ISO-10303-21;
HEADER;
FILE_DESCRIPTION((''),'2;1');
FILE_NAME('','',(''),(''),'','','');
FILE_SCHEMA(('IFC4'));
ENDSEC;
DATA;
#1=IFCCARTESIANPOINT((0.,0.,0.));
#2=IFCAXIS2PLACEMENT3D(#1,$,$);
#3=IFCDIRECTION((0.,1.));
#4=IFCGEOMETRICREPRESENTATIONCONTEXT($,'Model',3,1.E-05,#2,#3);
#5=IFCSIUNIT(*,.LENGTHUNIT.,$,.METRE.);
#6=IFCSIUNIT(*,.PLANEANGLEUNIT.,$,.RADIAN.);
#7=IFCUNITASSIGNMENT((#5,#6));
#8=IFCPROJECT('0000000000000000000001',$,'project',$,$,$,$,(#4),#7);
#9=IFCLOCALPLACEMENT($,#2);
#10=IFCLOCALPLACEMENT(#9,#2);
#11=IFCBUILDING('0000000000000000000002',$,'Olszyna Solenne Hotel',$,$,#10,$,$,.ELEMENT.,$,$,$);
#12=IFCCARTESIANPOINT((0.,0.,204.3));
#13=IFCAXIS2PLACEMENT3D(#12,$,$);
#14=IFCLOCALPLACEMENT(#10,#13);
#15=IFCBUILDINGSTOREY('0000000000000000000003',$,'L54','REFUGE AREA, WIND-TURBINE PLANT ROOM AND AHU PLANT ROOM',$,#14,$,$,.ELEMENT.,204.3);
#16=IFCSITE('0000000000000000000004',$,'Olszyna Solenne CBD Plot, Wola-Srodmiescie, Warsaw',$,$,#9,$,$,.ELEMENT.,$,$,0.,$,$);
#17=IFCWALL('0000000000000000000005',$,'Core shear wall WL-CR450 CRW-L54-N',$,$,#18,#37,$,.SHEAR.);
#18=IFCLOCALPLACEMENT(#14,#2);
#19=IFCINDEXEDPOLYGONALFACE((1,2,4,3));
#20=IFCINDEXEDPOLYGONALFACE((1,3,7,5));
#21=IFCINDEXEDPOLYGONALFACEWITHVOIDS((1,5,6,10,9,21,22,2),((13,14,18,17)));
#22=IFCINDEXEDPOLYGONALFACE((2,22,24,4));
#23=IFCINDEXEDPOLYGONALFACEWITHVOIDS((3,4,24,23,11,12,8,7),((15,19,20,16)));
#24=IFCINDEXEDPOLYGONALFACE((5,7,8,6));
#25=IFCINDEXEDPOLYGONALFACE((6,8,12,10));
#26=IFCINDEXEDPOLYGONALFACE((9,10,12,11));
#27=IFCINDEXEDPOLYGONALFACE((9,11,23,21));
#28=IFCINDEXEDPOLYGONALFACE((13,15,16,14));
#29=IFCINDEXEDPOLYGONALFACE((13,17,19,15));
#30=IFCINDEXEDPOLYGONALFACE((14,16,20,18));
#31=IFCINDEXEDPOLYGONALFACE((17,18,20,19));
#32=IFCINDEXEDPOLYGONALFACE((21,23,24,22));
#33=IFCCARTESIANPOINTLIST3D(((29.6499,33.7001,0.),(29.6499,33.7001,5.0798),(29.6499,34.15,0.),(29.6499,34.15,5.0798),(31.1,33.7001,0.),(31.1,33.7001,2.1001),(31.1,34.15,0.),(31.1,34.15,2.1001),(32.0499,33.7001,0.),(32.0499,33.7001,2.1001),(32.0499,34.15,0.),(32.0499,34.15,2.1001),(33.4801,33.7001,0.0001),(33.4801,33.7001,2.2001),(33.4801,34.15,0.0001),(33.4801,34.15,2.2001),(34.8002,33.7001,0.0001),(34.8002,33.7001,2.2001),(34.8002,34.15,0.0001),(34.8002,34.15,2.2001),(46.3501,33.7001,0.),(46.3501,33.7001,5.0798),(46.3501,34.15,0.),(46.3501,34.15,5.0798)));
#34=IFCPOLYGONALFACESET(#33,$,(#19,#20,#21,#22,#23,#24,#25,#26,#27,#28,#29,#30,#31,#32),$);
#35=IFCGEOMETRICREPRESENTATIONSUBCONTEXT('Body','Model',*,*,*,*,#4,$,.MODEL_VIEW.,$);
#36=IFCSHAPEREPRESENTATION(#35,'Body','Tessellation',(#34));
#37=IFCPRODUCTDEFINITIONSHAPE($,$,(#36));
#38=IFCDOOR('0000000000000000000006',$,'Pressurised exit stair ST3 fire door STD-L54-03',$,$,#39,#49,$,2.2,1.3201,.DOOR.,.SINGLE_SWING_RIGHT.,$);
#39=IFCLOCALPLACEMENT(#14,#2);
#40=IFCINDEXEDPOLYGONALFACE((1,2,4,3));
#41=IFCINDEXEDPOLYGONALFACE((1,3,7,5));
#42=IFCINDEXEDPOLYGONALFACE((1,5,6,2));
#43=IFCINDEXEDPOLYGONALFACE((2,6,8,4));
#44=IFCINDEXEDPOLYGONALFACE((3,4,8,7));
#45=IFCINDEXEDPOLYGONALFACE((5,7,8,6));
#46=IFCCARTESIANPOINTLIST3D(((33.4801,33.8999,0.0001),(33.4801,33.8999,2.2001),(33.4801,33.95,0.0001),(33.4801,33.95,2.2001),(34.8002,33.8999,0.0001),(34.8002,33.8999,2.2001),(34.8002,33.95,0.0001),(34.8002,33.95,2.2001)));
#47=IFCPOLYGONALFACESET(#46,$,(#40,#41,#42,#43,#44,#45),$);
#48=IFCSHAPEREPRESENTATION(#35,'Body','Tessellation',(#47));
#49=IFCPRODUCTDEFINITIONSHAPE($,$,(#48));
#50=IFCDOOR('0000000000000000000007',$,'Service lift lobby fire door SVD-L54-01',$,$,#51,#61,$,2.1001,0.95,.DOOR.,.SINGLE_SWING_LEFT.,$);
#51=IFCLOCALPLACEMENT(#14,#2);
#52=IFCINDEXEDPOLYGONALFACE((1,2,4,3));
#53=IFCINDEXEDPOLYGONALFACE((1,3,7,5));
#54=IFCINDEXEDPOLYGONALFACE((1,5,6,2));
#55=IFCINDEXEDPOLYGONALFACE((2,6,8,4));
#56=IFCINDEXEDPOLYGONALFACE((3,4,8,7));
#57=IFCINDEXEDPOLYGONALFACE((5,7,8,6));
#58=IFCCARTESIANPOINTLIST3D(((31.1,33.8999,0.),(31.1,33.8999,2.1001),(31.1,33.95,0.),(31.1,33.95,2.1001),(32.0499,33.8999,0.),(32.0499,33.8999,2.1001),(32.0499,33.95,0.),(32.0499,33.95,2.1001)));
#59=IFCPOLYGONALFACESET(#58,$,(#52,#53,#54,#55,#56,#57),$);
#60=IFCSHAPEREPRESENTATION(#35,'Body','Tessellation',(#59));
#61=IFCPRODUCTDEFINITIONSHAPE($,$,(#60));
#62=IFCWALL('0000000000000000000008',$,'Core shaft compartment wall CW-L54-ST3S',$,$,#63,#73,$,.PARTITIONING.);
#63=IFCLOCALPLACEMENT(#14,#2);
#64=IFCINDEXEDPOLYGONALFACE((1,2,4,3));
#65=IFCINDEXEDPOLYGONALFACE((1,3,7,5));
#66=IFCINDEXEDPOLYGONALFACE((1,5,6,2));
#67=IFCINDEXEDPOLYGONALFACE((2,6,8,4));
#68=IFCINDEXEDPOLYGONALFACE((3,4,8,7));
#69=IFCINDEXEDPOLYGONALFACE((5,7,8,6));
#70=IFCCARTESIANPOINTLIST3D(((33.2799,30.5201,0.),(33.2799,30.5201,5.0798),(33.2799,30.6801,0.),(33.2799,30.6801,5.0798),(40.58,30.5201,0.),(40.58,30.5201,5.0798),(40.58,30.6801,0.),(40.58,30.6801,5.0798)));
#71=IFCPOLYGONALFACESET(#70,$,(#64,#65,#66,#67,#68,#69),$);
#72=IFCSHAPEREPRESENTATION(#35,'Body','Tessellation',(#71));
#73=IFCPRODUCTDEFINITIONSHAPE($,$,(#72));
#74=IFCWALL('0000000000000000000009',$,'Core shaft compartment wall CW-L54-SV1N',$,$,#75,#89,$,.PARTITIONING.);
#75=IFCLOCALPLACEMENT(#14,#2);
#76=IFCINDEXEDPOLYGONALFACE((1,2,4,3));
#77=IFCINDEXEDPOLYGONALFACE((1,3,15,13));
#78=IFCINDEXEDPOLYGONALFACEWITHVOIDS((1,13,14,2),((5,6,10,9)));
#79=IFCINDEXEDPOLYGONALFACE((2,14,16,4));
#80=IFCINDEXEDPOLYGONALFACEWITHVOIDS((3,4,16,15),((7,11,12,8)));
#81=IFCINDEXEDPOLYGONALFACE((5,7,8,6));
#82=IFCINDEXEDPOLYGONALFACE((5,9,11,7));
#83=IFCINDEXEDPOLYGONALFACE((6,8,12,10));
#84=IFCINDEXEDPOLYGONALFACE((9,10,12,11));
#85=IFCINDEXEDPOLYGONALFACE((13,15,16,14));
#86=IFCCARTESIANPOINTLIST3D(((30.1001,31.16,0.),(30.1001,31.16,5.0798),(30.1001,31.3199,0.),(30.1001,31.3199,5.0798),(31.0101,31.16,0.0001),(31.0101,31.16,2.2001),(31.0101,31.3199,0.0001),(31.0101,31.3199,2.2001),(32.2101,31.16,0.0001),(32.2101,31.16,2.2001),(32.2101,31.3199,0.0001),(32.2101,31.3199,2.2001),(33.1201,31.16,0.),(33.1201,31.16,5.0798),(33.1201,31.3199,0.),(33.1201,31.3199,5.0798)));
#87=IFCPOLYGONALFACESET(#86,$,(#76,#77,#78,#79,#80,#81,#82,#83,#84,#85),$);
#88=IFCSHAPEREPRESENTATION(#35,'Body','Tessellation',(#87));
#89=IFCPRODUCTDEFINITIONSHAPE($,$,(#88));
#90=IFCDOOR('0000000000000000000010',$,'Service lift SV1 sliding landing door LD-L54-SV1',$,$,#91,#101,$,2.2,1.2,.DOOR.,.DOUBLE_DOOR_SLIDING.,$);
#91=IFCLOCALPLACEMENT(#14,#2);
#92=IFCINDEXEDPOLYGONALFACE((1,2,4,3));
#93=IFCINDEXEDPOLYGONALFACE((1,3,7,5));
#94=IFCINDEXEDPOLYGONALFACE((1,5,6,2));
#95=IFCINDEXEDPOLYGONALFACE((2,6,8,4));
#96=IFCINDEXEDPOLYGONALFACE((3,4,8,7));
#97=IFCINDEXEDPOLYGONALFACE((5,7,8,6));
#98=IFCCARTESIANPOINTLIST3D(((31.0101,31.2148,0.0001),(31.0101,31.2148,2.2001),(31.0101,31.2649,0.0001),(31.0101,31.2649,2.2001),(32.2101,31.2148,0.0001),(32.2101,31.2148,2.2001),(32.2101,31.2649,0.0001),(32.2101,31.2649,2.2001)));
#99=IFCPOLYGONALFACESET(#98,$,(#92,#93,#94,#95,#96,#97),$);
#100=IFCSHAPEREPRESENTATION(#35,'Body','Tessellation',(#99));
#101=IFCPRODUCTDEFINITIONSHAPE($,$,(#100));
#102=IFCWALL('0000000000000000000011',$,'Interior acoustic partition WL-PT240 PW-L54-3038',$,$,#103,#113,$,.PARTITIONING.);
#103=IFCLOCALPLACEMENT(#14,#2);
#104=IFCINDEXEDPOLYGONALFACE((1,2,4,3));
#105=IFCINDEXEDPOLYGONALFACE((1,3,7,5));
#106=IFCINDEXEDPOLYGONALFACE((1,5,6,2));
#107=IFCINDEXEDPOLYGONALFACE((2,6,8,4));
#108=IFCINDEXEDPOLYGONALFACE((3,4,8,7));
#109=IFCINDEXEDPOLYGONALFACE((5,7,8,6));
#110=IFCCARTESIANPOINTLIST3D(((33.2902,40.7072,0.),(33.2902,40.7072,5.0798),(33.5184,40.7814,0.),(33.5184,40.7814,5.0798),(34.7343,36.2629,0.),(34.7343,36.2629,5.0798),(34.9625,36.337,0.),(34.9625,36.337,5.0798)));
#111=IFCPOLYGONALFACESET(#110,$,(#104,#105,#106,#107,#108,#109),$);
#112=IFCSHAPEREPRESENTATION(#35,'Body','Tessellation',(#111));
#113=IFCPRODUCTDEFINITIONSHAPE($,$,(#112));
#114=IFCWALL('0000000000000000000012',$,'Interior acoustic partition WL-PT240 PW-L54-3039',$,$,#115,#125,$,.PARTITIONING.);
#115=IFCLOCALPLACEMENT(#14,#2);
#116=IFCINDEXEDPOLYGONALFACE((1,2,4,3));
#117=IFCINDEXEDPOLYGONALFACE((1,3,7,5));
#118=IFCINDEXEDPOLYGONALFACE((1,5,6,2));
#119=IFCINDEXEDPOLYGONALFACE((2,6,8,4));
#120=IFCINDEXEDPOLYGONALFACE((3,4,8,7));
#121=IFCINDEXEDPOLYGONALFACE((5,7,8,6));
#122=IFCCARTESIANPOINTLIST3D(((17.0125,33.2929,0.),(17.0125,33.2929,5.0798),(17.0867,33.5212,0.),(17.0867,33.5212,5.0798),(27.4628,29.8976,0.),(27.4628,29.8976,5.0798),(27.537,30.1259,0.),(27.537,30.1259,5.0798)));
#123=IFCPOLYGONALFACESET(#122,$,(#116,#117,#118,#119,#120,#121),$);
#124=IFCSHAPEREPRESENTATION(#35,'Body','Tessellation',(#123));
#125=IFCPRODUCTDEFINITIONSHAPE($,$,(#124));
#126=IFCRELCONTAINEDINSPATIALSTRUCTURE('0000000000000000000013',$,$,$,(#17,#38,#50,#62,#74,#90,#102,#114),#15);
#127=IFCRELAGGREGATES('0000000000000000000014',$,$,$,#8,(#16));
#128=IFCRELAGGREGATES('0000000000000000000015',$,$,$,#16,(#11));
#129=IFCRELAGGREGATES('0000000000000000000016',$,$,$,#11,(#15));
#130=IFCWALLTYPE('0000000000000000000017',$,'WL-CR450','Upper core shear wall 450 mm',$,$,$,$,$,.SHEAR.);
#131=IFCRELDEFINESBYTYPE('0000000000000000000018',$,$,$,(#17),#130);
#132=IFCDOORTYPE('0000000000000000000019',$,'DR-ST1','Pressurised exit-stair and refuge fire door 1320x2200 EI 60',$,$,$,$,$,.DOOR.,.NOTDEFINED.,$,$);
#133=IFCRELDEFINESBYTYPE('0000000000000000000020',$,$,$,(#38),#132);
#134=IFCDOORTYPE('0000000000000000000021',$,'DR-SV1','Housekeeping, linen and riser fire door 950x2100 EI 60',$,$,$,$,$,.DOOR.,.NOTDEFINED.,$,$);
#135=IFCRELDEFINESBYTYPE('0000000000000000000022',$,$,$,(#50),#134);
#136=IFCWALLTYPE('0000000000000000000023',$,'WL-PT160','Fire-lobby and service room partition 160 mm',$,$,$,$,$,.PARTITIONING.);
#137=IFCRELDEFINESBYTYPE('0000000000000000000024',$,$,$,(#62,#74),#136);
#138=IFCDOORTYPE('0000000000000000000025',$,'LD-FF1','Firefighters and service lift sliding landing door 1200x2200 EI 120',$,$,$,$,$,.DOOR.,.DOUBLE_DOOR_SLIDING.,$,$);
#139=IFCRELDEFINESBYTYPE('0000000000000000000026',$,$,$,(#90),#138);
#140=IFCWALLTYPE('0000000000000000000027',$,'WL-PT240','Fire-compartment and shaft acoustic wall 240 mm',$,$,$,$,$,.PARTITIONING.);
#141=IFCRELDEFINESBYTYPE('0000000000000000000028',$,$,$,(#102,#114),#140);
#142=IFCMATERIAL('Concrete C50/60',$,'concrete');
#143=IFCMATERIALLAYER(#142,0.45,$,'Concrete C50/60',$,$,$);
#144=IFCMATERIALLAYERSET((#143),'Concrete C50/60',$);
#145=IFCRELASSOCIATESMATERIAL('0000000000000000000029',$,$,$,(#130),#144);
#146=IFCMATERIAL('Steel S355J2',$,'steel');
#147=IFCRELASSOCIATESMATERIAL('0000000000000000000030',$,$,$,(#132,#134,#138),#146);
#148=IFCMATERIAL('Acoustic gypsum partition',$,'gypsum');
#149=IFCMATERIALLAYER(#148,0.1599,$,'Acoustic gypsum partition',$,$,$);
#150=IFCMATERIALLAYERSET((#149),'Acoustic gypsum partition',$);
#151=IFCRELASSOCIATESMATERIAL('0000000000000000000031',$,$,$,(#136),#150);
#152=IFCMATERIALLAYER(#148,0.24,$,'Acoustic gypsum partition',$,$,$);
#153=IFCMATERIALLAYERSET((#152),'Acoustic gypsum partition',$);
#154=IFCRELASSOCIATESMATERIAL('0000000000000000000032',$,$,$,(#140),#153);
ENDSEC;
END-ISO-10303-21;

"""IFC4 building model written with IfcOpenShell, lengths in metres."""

from ifc_helpers import new_model, si_unit, direction, frame, frame_2d, origin, place, context, subcontext, project, spatial, rectangle, extrude, source, transform, mapped, material, layer, layer_set, type_object, type_shapes, element, fill, save


model = new_model("IFC4")

# Units and contexts
model_context = context("Model", 3, precision=1e-05, world=origin(), true_north=direction((0.0, 1.0)))
body_context = subcontext(model_context, "Body", "Model", "MODEL_VIEW")
ifc_project = project(units=[si_unit("LENGTHUNIT", "METRE"), si_unit("PLANEANGLEUNIT", "RADIAN")], contexts=[model_context])

# Site, building, storey
site_placement = place(None, origin())
site = spatial("IfcSite", under=ifc_project, at=site_placement, Name="Olszyna Solenne CBD Plot, Wola-Srodmiescie, Warsaw", CompositionType="ELEMENT", RefElevation=0.0)
building_placement = place(site_placement, origin())
building = spatial("IfcBuilding", under=site, at=building_placement, Name="Olszyna Solenne Hotel", CompositionType="ELEMENT")
storey_placement = place(building_placement, frame((0.0, 0.0, 204.3)))
storey = spatial("IfcBuildingStorey", under=building, at=storey_placement, Name="L54", Description="REFUGE AREA, WIND-TURBINE PLANT ROOM AND AHU PLANT ROOM", CompositionType="ELEMENT", Elevation=204.3)

# Shared definitions
ifc_material_1 = material(Name="Steel S355J2", Category="steel")

# Shared definitions
ifc_material_2 = material(Name="Concrete C50/60", Category="concrete")

# Wall, openings, doors
ifc_layer_1 = layer(ifc_material_2, 0.45, Name="Concrete C50/60")
ifc_layer_set_1 = layer_set([ifc_layer_1], Name="Concrete C50/60")
wall_type_1 = type_object("IfcWallType", Name="WL-CR450", Description="Upper core shear wall 450 mm", PredefinedType="SHEAR", material=ifc_layer_set_1)
wall_1_placement = place(storey_placement, frame((29.6499, 33.925, 0.0), z_axis=(0.0, 0.0, 1.0), x_axis=(1.0, 0.0, 0.0)))
wall_1 = element("IfcWall", 1, at=wall_1_placement, inside=storey, type_object=wall_type_1, Name="Core shear wall WL-CR450 CRW-L54-N", PredefinedType="SHEAR", context=body_context, shape_type="SweptSolid", body=[
    extrude(rectangle(XDim=16.7002, YDim=0.45, at=frame_2d((8.3501, 0.0))), origin(), (0.0, 0.0, 1.0), 5.0798),
])
opening_1_placement = place(wall_1_placement, frame((1.45, 0.0, 0.0)))
opening_1 = element("IfcOpeningElement", 2, at=opening_1_placement, cuts=wall_1, PredefinedType="OPENING", context=body_context, shape_type="SweptSolid", body=[
    extrude(rectangle(XDim=0.95, YDim=2.1001, at=frame_2d((0.4751, 1.05))), frame((0.0, 0.2349, 0.0), z_axis=(0.0, -1.0, 0.0), x_axis=(1.0, 0.0, 0.0)), (0.0, 0.0, 1.0), 0.47),
])
opening_2_placement = place(wall_1_placement, frame((3.8301, 0.0, 0.0)))
opening_2 = element("IfcOpeningElement", 3, at=opening_2_placement, cuts=wall_1, PredefinedType="OPENING", context=body_context, shape_type="SweptSolid", body=[
    extrude(rectangle(XDim=1.3201, YDim=2.2, at=frame_2d((0.6602, 1.1001))), frame((0.0, 0.2349, 0.0), z_axis=(0.0, -1.0, 0.0), x_axis=(1.0, 0.0, 0.0)), (0.0, 0.0, 1.0), 0.47),
])
door_type_1 = type_object("IfcDoorType", Name="DR-ST1", Description="Pressurised exit-stair and refuge fire door 1320x2200 EI 60", OperationType="NOTDEFINED", PredefinedType="DOOR", material=ifc_material_1)
shared_shape_1 = source(origin(), body_context, "Body", "SweptSolid", [
    extrude(rectangle(XDim=1.3201, YDim=2.2, at=frame_2d((0.6602, 1.1001))), frame((0.0, 0.0249, 0.0), z_axis=(0.0, -1.0, 0.0), x_axis=(1.0, 0.0, 0.0)), (0.0, 0.0, 1.0), 0.05),
])
type_shapes(door_type_1, [shared_shape_1])
door_1_placement = place(opening_2_placement, origin())
door_1 = element("IfcDoor", 4, at=door_1_placement, inside=storey, type_object=door_type_1, Name="Pressurised exit stair ST3 fire door STD-L54-03", OperationType="SINGLE_SWING_RIGHT", OverallHeight=2.2, OverallWidth=1.3201, PredefinedType="DOOR", context=body_context, shape_type="MappedRepresentation", body=[
    mapped(shared_shape_1, transform((0.0, 0.0, 0.0), x_axis=(1.0, 0.0, 0.0), y_axis=(0.0, 1.0, 0.0), z_axis=(0.0, 0.0, 1.0), scale=1.0)),
])
fill(opening_2, door_1)
door_type_2 = type_object("IfcDoorType", Name="DR-SV1", Description="Housekeeping, linen and riser fire door 950x2100 EI 60", OperationType="NOTDEFINED", PredefinedType="DOOR", material=ifc_material_1)
shared_shape_2 = source(origin(), body_context, "Body", "SweptSolid", [
    extrude(rectangle(XDim=0.95, YDim=2.1001, at=frame_2d((0.4751, 1.05))), frame((0.0, 0.0249, 0.0), z_axis=(0.0, -1.0, 0.0), x_axis=(1.0, 0.0, 0.0)), (0.0, 0.0, 1.0), 0.05),
])
type_shapes(door_type_2, [shared_shape_2])
door_2_placement = place(opening_1_placement, origin())
door_2 = element("IfcDoor", 5, at=door_2_placement, inside=storey, type_object=door_type_2, Name="Service lift lobby fire door SVD-L54-01", OperationType="SINGLE_SWING_LEFT", OverallHeight=2.1001, OverallWidth=0.95, PredefinedType="DOOR", context=body_context, shape_type="MappedRepresentation", body=[
    mapped(shared_shape_2, transform((0.0, 0.0, 0.0), x_axis=(1.0, 0.0, 0.0), y_axis=(0.0, 1.0, 0.0), z_axis=(0.0, 0.0, 1.0), scale=1.0)),
])
fill(opening_1, door_2)

# Wall
ifc_material_3 = material(Name="Acoustic gypsum partition", Category="gypsum")
ifc_layer_2 = layer(ifc_material_3, 0.1599, Name="Acoustic gypsum partition")
ifc_layer_set_2 = layer_set([ifc_layer_2], Name="Acoustic gypsum partition")
wall_type_2 = type_object("IfcWallType", Name="WL-PT160", Description="Fire-lobby and service room partition 160 mm", PredefinedType="PARTITIONING", material=ifc_layer_set_2)
wall_2_placement = place(storey_placement, frame((33.28, 30.6001, 0.0), z_axis=(0.0, 0.0, 1.0), x_axis=(1.0, 0.0, 0.0)))
element("IfcWall", 6, at=wall_2_placement, inside=storey, type_object=wall_type_2, Name="Core shaft compartment wall CW-L54-ST3S", PredefinedType="PARTITIONING", context=body_context, shape_type="SweptSolid", body=[
    extrude(rectangle(XDim=7.3, YDim=0.1599, at=frame_2d((3.6499, 0.0))), origin(), (0.0, 0.0, 1.0), 5.0798),
])

# Wall, opening, door
wall_3_placement = place(storey_placement, frame((30.1001, 31.24, 0.0), z_axis=(0.0, 0.0, 1.0), x_axis=(1.0, 0.0, 0.0)))
wall_3 = element("IfcWall", 7, at=wall_3_placement, inside=storey, type_object=wall_type_2, Name="Core shaft compartment wall CW-L54-SV1N", PredefinedType="PARTITIONING", context=body_context, shape_type="SweptSolid", body=[
    extrude(rectangle(XDim=3.02, YDim=0.1599, at=frame_2d((1.51, 0.0))), origin(), (0.0, 0.0, 1.0), 5.0798),
])
opening_3_placement = place(wall_3_placement, frame((0.9099, 0.0, 0.0)))
opening_3 = element("IfcOpeningElement", 8, at=opening_3_placement, cuts=wall_3, PredefinedType="OPENING", context=body_context, shape_type="SweptSolid", body=[
    extrude(rectangle(XDim=1.2, YDim=2.2, at=frame_2d((0.6001, 1.1001))), frame((0.0, 0.0898, 0.0), z_axis=(0.0, -1.0, 0.0), x_axis=(1.0, 0.0, 0.0)), (0.0, 0.0, 1.0), 0.1799),
])
door_type_3 = type_object("IfcDoorType", Name="LD-FF1", Description="Firefighters and service lift sliding landing door 1200x2200 EI 120", OperationType="DOUBLE_DOOR_SLIDING", PredefinedType="DOOR", material=ifc_material_1)
shared_shape_3 = source(origin(), body_context, "Body", "SweptSolid", [
    extrude(rectangle(XDim=1.2, YDim=2.2, at=frame_2d((0.6001, 1.1001))), frame((0.0, 0.0249, 0.0), z_axis=(0.0, -1.0, 0.0), x_axis=(1.0, 0.0, 0.0)), (0.0, 0.0, 1.0), 0.05),
])
type_shapes(door_type_3, [shared_shape_3])
door_3_placement = place(opening_3_placement, origin())
door_3 = element("IfcDoor", 9, at=door_3_placement, inside=storey, type_object=door_type_3, Name="Service lift SV1 sliding landing door LD-L54-SV1", OperationType="DOUBLE_DOOR_SLIDING", OverallHeight=2.2, OverallWidth=1.2, PredefinedType="DOOR", context=body_context, shape_type="MappedRepresentation", body=[
    mapped(shared_shape_3, transform((0.0, 0.0, 0.0), x_axis=(1.0, 0.0, 0.0), y_axis=(0.0, 1.0, 0.0), z_axis=(0.0, 0.0, 1.0), scale=1.0)),
])
fill(opening_3, door_3)

# Walls
ifc_layer_3 = layer(ifc_material_3, 0.24, Name="Acoustic gypsum partition")
ifc_layer_set_3 = layer_set([ifc_layer_3], Name="Acoustic gypsum partition")
wall_type_3 = type_object("IfcWallType", Name="WL-PT240", Description="Fire-compartment and shaft acoustic wall 240 mm", PredefinedType="PARTITIONING", material=ifc_layer_set_3)
wall_4_placement = place(storey_placement, frame((34.8484, 36.3, 0.0), z_axis=(0.0, 0.0, 1.0), x_axis=(-0.309025, 0.951054, 0.0)))
element("IfcWall", 10, at=wall_4_placement, inside=storey, type_object=wall_type_3, Name="Interior acoustic partition WL-PT240 PW-L54-3038", PredefinedType="PARTITIONING", context=body_context, shape_type="SweptSolid", body=[
    extrude(rectangle(XDim=4.6731, YDim=0.24, at=frame_2d((2.3364, 0.0))), origin(), (0.0, 0.0, 1.0), 5.0798),
])
wall_5_placement = place(storey_placement, frame((27.5, 30.0117, 0.0), z_axis=(0.0, 0.0, 1.0), x_axis=(-0.951062, 0.309, 0.0)))
element("IfcWall", 11, at=wall_5_placement, inside=storey, type_object=wall_type_3, Name="Interior acoustic partition WL-PT240 PW-L54-3039", PredefinedType="PARTITIONING", context=body_context, shape_type="SweptSolid", body=[
    extrude(rectangle(XDim=10.988, YDim=0.24, at=frame_2d((5.4941, 0.0))), origin(), (0.0, 0.0, 1.0), 5.0798),
])

save(model, "model.ifc")
